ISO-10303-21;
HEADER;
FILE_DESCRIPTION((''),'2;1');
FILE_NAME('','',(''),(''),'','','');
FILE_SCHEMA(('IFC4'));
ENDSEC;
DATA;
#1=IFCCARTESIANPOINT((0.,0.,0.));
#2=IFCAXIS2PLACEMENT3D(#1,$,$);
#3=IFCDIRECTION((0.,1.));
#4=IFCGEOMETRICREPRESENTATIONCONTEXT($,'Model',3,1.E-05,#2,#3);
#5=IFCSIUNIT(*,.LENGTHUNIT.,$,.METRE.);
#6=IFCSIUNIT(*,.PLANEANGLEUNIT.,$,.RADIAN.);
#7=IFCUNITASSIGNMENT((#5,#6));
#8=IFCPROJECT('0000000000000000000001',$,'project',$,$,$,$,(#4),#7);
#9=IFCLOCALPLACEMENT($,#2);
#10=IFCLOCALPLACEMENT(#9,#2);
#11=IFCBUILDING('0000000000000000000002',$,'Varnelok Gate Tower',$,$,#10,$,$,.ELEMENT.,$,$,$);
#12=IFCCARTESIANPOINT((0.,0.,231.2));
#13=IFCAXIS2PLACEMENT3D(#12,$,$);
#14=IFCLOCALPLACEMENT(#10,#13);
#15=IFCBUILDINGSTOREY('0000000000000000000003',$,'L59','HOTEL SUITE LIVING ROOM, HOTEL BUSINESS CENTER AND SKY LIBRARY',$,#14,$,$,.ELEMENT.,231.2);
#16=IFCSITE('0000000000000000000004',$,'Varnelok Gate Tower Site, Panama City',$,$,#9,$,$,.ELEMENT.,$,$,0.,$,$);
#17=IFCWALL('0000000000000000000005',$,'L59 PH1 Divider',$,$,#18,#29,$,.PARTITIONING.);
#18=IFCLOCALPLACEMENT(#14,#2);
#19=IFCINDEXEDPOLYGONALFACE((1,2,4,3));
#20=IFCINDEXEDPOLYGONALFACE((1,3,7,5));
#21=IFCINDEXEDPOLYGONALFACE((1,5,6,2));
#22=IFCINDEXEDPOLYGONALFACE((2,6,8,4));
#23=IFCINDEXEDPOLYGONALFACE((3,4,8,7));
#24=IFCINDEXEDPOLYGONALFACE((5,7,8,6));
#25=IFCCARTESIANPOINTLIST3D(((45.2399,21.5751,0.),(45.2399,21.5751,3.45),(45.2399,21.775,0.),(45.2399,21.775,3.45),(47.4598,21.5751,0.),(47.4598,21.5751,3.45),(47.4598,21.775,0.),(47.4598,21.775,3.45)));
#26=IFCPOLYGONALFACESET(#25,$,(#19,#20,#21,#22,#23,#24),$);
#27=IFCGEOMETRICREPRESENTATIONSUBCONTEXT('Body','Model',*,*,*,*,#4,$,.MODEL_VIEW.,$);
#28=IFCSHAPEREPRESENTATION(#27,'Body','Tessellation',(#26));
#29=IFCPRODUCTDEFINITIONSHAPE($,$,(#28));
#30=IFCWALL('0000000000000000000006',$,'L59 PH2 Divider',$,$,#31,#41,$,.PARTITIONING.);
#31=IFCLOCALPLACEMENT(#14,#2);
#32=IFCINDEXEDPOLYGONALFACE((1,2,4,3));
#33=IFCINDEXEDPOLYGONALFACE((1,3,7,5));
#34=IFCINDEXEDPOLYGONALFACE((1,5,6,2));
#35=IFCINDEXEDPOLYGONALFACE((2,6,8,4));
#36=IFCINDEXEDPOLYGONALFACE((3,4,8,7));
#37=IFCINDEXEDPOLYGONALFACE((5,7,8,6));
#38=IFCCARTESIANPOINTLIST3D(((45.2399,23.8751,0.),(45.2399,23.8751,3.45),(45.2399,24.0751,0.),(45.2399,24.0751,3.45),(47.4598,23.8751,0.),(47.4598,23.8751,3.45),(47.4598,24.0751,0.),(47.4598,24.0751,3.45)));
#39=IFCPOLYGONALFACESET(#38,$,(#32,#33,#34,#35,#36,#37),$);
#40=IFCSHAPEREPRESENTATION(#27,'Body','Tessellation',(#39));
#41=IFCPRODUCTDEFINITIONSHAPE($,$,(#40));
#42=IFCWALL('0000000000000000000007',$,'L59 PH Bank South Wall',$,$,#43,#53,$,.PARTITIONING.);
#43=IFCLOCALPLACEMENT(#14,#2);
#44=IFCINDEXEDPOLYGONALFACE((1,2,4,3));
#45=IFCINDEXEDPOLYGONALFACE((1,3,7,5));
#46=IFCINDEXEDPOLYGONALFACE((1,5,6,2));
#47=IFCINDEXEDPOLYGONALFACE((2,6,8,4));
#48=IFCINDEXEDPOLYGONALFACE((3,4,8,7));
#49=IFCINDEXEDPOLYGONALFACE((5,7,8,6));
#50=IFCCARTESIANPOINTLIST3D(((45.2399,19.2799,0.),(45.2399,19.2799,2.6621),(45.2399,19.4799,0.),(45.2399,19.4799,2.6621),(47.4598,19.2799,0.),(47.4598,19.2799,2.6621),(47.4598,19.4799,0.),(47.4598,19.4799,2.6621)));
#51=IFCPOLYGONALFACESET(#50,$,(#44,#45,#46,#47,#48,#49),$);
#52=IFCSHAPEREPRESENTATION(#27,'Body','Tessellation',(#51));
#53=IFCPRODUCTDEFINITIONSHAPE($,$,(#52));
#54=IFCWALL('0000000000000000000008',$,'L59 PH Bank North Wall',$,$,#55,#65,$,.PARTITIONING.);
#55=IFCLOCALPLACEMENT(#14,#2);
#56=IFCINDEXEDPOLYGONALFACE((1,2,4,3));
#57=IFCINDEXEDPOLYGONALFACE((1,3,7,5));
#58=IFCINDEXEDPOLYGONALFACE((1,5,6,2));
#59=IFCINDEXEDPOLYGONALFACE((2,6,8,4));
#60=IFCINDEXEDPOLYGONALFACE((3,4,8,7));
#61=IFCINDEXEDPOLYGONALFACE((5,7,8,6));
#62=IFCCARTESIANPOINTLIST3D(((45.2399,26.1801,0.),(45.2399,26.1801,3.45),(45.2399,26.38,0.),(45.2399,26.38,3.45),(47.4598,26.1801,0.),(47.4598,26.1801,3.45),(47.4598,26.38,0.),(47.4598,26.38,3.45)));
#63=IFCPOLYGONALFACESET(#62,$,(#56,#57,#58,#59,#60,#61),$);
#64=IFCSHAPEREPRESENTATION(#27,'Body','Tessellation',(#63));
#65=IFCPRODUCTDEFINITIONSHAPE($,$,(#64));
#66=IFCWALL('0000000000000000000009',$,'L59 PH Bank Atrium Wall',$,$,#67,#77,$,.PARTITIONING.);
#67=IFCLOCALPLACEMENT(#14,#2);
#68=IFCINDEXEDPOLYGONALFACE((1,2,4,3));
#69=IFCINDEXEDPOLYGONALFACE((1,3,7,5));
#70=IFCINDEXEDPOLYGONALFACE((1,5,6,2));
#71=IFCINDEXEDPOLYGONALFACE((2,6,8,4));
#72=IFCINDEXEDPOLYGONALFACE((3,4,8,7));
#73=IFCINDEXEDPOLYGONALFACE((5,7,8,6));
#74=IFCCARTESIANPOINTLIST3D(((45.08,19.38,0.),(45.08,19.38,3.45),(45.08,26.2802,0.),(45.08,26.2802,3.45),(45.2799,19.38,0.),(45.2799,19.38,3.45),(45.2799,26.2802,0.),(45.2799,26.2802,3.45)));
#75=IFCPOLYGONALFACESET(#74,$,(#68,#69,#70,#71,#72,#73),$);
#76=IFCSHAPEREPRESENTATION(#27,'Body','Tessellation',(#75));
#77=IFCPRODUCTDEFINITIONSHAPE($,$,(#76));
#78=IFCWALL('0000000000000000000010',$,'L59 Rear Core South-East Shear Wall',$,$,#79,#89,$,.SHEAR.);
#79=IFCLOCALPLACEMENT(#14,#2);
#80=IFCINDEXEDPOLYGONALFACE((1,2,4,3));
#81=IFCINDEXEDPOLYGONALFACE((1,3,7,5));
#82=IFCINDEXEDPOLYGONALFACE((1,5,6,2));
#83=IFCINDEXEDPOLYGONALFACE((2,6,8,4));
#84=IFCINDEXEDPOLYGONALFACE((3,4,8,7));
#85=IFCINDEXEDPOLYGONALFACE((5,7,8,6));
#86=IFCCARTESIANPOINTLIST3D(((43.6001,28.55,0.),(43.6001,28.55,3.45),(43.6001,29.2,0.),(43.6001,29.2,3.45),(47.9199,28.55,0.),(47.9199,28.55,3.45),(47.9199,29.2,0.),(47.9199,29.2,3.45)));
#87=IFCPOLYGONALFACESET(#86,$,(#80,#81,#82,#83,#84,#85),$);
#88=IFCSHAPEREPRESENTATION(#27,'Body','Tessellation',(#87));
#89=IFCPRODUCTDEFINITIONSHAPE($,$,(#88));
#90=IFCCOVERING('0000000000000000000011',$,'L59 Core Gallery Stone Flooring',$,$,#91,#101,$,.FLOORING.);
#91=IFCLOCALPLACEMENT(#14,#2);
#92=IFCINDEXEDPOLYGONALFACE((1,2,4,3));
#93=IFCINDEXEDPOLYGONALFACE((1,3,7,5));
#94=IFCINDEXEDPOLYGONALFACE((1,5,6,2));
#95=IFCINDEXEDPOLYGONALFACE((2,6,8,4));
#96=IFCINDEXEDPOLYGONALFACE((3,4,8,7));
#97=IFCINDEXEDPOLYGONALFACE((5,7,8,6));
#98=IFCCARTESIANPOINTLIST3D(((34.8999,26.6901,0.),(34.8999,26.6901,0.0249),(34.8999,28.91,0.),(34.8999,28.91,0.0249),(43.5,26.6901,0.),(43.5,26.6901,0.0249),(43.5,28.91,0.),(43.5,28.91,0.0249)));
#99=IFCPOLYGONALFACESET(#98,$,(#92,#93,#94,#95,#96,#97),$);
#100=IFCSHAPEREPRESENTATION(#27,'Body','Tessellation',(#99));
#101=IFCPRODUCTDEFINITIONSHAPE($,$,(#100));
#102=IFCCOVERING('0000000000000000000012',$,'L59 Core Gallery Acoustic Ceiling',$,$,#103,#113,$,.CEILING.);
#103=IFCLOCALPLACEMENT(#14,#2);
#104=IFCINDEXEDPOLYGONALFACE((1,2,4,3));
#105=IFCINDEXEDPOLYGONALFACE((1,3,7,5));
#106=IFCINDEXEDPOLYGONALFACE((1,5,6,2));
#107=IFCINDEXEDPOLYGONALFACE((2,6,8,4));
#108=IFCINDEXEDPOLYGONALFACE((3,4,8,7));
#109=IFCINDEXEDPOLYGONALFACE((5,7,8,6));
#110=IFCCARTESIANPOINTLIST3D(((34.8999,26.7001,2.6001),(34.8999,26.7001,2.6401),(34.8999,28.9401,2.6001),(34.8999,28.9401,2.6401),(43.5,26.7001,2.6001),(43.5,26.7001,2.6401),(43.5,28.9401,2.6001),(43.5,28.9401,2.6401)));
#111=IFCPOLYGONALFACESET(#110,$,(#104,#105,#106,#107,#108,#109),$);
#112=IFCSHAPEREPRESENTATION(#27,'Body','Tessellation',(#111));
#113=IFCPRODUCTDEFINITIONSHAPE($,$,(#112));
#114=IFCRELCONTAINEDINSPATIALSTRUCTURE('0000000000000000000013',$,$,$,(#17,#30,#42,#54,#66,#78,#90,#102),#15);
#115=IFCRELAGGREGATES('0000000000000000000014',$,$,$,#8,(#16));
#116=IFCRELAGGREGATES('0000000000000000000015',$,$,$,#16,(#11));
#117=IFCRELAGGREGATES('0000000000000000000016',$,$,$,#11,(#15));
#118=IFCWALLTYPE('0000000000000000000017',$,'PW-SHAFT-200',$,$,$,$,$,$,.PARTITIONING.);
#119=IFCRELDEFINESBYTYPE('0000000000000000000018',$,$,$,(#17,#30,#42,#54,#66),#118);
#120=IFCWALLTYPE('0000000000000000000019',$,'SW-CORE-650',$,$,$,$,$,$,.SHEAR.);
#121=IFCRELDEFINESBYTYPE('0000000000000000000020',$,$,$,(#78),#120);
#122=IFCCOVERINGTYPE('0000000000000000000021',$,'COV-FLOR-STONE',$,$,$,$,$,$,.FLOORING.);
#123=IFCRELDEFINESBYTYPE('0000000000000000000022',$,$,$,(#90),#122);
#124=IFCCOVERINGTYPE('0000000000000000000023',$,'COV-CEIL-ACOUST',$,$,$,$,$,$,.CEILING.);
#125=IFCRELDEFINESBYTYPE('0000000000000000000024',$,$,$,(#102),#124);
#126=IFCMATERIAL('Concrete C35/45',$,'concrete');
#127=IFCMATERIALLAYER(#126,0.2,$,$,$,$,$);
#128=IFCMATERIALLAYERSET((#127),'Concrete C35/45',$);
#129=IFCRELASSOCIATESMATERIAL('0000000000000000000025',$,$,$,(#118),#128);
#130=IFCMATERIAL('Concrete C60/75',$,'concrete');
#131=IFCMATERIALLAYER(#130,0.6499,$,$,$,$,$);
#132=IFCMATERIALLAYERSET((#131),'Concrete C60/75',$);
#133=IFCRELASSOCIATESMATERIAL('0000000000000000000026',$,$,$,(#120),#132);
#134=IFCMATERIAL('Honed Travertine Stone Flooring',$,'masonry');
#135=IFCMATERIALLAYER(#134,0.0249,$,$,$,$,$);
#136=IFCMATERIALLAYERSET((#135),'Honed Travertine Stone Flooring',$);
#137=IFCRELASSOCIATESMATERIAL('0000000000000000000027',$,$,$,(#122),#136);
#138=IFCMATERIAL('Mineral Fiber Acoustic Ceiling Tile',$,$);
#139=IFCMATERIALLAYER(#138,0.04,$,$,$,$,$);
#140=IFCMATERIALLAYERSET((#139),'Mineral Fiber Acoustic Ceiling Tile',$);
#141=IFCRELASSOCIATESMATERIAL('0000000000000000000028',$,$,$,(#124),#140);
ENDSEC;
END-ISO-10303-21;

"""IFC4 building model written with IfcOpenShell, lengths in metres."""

from ifc_helpers import new_model, si_unit, direction, frame, frame_2d, origin, origin_2d, place, context, subcontext, project, spatial, rectangle, extrude, source, transform, mapped, material, layer, layer_set, type_object, element, save


model = new_model("IFC4")

# Units and contexts
model_context = context("Model", 3, precision=1e-05, world=origin(), true_north=direction((0.0, 1.0)))
body_context = subcontext(model_context, "Body", "Model", "MODEL_VIEW")
ifc_project = project(units=[si_unit("LENGTHUNIT", "METRE"), si_unit("PLANEANGLEUNIT", "RADIAN")], contexts=[model_context])

# Site, building, storey
site_placement = place(None, origin())
site = spatial("IfcSite", under=ifc_project, at=site_placement, Name="Varnelok Gate Tower Site, Panama City", CompositionType="ELEMENT", RefElevation=0.0)
building_placement = place(site_placement, origin())
building = spatial("IfcBuilding", under=site, at=building_placement, Name="Varnelok Gate Tower", CompositionType="ELEMENT")
storey_placement = place(building_placement, frame((0.0, 0.0, 231.2)))
storey = spatial("IfcBuildingStorey", under=building, at=storey_placement, Name="L59", Description="HOTEL SUITE LIVING ROOM, HOTEL BUSINESS CENTER AND SKY LIBRARY", CompositionType="ELEMENT", Elevation=231.2)

# Shared definitions
ifc_material_1 = material(Name="Concrete C60/75", Category="concrete")

# Walls
ifc_material_2 = material(Name="Concrete C35/45", Category="concrete")
ifc_layer_1 = layer(ifc_material_2, 0.2)
ifc_layer_set_1 = layer_set([ifc_layer_1], Name="Concrete C35/45")
wall_type_1 = type_object("IfcWallType", Name="PW-SHAFT-200", PredefinedType="PARTITIONING", material=ifc_layer_set_1)
for number, where, z_axis, x_axis, name in (
    (1, (45.24, 21.675, 0.0), (0.0, 0.0, 1.0), (1.0, 0.0, 0.0), "L59 PH1 Divider"),
    (2, (45.24, 23.9751, 0.0), (0.0, 0.0, 1.0), (1.0, 0.0, 0.0), "L59 PH2 Divider"),
):
    element("IfcWall", number, at=place(storey_placement, frame(where, z_axis=z_axis, x_axis=x_axis)), inside=storey, type_object=wall_type_1, Name=name, PredefinedType="PARTITIONING", context=body_context, shape_type="SweptSolid", body=[
        extrude(rectangle(XDim=2.22, YDim=0.2, at=frame_2d((1.1099, 0.0))), origin(), (0.0, 0.0, 1.0), 3.45),
    ])
wall_1_placement = place(storey_placement, frame((45.24, 19.3799, 0.0), z_axis=(0.0, 0.0, 1.0), x_axis=(1.0, 0.0, 0.0)))
element("IfcWall", 3, at=wall_1_placement, inside=storey, type_object=wall_type_1, Name="L59 PH Bank South Wall", PredefinedType="PARTITIONING", context=body_context, shape_type="SweptSolid", body=[
    extrude(rectangle(XDim=2.22, YDim=0.2, at=frame_2d((1.1099, 0.0))), origin(), (0.0, 0.0, 1.0), 2.6621),
])
wall_2_placement = place(storey_placement, frame((45.24, 26.28, 0.0), z_axis=(0.0, 0.0, 1.0), x_axis=(1.0, 0.0, 0.0)))
element("IfcWall", 4, at=wall_2_placement, inside=storey, type_object=wall_type_1, Name="L59 PH Bank North Wall", PredefinedType="PARTITIONING", context=body_context, shape_type="SweptSolid", body=[
    extrude(rectangle(XDim=2.22, YDim=0.2, at=frame_2d((1.1099, 0.0))), origin(), (0.0, 0.0, 1.0), 3.45),
])
wall_3_placement = place(storey_placement, frame((45.1799, 19.3799, 0.0), z_axis=(0.0, 0.0, 1.0), x_axis=(0.0, 1.0, 0.0)))
element("IfcWall", 5, at=wall_3_placement, inside=storey, type_object=wall_type_1, Name="L59 PH Bank Atrium Wall", PredefinedType="PARTITIONING", context=body_context, shape_type="SweptSolid", body=[
    extrude(rectangle(XDim=6.9001, YDim=0.2, at=frame_2d((3.4502, 0.0))), origin(), (0.0, 0.0, 1.0), 3.45),
])

# Wall
ifc_layer_2 = layer(ifc_material_1, 0.6499)
ifc_layer_set_2 = layer_set([ifc_layer_2], Name="Concrete C60/75")
wall_type_2 = type_object("IfcWallType", Name="SW-CORE-650", PredefinedType="SHEAR", material=ifc_layer_set_2)
wall_4_placement = place(storey_placement, frame((43.6001, 28.875, 0.0), z_axis=(0.0, 0.0, 1.0), x_axis=(1.0, 0.0, 0.0)))
element("IfcWall", 6, at=wall_4_placement, inside=storey, type_object=wall_type_2, Name="L59 Rear Core South-East Shear Wall", PredefinedType="SHEAR", context=body_context, shape_type="SweptSolid", body=[
    extrude(rectangle(XDim=4.3198, YDim=0.6499, at=frame_2d((2.1599, 0.0))), origin(), (0.0, 0.0, 1.0), 3.45),
])

# Coverings
ifc_material_3 = material(Name="Honed Travertine Stone Flooring", Category="masonry")
ifc_layer_3 = layer(ifc_material_3, 0.0249)
ifc_layer_set_3 = layer_set([ifc_layer_3], Name="Honed Travertine Stone Flooring")
covering_type_1 = type_object("IfcCoveringType", Name="COV-FLOR-STONE", PredefinedType="FLOORING", material=ifc_layer_set_3)
shared_shape_1 = source(origin(), body_context, "Body", "SweptSolid", [
    extrude(rectangle(XDim=8.6001, YDim=2.22, at=origin_2d()), origin(), (0.0, 0.0, 1.0), 0.0249),
])
covering_1_placement = place(storey_placement, frame((39.2, 27.8, 0.0), z_axis=(0.0, 0.0, 1.0), x_axis=(1.0, 0.0, 0.0)))
element("IfcCovering", 7, at=covering_1_placement, inside=storey, type_object=covering_type_1, Name="L59 Core Gallery Stone Flooring", PredefinedType="FLOORING", context=body_context, shape_type="MappedRepresentation", body=[
    mapped(shared_shape_1, transform((0.0, 0.0, 0.0), scale=1.0)),
])
ifc_material_4 = material(Name="Mineral Fiber Acoustic Ceiling Tile")
ifc_layer_4 = layer(ifc_material_4, 0.04)
ifc_layer_set_4 = layer_set([ifc_layer_4], Name="Mineral Fiber Acoustic Ceiling Tile")
covering_type_2 = type_object("IfcCoveringType", Name="COV-CEIL-ACOUST", PredefinedType="CEILING", material=ifc_layer_set_4)
shared_shape_2 = source(origin(), body_context, "Body", "SweptSolid", [
    extrude(rectangle(XDim=8.6001, YDim=2.24, at=origin_2d()), origin(), (0.0, 0.0, 1.0), 0.04),
])
covering_2_placement = place(storey_placement, frame((39.2, 27.8201, 2.6001), z_axis=(0.0, 0.0, 1.0), x_axis=(1.0, 0.0, 0.0)))
element("IfcCovering", 8, at=covering_2_placement, inside=storey, type_object=covering_type_2, Name="L59 Core Gallery Acoustic Ceiling", PredefinedType="CEILING", context=body_context, shape_type="MappedRepresentation", body=[
    mapped(shared_shape_2, transform((0.0, 0.0, 0.0), scale=1.0)),
])

save(model, "model.ifc")
